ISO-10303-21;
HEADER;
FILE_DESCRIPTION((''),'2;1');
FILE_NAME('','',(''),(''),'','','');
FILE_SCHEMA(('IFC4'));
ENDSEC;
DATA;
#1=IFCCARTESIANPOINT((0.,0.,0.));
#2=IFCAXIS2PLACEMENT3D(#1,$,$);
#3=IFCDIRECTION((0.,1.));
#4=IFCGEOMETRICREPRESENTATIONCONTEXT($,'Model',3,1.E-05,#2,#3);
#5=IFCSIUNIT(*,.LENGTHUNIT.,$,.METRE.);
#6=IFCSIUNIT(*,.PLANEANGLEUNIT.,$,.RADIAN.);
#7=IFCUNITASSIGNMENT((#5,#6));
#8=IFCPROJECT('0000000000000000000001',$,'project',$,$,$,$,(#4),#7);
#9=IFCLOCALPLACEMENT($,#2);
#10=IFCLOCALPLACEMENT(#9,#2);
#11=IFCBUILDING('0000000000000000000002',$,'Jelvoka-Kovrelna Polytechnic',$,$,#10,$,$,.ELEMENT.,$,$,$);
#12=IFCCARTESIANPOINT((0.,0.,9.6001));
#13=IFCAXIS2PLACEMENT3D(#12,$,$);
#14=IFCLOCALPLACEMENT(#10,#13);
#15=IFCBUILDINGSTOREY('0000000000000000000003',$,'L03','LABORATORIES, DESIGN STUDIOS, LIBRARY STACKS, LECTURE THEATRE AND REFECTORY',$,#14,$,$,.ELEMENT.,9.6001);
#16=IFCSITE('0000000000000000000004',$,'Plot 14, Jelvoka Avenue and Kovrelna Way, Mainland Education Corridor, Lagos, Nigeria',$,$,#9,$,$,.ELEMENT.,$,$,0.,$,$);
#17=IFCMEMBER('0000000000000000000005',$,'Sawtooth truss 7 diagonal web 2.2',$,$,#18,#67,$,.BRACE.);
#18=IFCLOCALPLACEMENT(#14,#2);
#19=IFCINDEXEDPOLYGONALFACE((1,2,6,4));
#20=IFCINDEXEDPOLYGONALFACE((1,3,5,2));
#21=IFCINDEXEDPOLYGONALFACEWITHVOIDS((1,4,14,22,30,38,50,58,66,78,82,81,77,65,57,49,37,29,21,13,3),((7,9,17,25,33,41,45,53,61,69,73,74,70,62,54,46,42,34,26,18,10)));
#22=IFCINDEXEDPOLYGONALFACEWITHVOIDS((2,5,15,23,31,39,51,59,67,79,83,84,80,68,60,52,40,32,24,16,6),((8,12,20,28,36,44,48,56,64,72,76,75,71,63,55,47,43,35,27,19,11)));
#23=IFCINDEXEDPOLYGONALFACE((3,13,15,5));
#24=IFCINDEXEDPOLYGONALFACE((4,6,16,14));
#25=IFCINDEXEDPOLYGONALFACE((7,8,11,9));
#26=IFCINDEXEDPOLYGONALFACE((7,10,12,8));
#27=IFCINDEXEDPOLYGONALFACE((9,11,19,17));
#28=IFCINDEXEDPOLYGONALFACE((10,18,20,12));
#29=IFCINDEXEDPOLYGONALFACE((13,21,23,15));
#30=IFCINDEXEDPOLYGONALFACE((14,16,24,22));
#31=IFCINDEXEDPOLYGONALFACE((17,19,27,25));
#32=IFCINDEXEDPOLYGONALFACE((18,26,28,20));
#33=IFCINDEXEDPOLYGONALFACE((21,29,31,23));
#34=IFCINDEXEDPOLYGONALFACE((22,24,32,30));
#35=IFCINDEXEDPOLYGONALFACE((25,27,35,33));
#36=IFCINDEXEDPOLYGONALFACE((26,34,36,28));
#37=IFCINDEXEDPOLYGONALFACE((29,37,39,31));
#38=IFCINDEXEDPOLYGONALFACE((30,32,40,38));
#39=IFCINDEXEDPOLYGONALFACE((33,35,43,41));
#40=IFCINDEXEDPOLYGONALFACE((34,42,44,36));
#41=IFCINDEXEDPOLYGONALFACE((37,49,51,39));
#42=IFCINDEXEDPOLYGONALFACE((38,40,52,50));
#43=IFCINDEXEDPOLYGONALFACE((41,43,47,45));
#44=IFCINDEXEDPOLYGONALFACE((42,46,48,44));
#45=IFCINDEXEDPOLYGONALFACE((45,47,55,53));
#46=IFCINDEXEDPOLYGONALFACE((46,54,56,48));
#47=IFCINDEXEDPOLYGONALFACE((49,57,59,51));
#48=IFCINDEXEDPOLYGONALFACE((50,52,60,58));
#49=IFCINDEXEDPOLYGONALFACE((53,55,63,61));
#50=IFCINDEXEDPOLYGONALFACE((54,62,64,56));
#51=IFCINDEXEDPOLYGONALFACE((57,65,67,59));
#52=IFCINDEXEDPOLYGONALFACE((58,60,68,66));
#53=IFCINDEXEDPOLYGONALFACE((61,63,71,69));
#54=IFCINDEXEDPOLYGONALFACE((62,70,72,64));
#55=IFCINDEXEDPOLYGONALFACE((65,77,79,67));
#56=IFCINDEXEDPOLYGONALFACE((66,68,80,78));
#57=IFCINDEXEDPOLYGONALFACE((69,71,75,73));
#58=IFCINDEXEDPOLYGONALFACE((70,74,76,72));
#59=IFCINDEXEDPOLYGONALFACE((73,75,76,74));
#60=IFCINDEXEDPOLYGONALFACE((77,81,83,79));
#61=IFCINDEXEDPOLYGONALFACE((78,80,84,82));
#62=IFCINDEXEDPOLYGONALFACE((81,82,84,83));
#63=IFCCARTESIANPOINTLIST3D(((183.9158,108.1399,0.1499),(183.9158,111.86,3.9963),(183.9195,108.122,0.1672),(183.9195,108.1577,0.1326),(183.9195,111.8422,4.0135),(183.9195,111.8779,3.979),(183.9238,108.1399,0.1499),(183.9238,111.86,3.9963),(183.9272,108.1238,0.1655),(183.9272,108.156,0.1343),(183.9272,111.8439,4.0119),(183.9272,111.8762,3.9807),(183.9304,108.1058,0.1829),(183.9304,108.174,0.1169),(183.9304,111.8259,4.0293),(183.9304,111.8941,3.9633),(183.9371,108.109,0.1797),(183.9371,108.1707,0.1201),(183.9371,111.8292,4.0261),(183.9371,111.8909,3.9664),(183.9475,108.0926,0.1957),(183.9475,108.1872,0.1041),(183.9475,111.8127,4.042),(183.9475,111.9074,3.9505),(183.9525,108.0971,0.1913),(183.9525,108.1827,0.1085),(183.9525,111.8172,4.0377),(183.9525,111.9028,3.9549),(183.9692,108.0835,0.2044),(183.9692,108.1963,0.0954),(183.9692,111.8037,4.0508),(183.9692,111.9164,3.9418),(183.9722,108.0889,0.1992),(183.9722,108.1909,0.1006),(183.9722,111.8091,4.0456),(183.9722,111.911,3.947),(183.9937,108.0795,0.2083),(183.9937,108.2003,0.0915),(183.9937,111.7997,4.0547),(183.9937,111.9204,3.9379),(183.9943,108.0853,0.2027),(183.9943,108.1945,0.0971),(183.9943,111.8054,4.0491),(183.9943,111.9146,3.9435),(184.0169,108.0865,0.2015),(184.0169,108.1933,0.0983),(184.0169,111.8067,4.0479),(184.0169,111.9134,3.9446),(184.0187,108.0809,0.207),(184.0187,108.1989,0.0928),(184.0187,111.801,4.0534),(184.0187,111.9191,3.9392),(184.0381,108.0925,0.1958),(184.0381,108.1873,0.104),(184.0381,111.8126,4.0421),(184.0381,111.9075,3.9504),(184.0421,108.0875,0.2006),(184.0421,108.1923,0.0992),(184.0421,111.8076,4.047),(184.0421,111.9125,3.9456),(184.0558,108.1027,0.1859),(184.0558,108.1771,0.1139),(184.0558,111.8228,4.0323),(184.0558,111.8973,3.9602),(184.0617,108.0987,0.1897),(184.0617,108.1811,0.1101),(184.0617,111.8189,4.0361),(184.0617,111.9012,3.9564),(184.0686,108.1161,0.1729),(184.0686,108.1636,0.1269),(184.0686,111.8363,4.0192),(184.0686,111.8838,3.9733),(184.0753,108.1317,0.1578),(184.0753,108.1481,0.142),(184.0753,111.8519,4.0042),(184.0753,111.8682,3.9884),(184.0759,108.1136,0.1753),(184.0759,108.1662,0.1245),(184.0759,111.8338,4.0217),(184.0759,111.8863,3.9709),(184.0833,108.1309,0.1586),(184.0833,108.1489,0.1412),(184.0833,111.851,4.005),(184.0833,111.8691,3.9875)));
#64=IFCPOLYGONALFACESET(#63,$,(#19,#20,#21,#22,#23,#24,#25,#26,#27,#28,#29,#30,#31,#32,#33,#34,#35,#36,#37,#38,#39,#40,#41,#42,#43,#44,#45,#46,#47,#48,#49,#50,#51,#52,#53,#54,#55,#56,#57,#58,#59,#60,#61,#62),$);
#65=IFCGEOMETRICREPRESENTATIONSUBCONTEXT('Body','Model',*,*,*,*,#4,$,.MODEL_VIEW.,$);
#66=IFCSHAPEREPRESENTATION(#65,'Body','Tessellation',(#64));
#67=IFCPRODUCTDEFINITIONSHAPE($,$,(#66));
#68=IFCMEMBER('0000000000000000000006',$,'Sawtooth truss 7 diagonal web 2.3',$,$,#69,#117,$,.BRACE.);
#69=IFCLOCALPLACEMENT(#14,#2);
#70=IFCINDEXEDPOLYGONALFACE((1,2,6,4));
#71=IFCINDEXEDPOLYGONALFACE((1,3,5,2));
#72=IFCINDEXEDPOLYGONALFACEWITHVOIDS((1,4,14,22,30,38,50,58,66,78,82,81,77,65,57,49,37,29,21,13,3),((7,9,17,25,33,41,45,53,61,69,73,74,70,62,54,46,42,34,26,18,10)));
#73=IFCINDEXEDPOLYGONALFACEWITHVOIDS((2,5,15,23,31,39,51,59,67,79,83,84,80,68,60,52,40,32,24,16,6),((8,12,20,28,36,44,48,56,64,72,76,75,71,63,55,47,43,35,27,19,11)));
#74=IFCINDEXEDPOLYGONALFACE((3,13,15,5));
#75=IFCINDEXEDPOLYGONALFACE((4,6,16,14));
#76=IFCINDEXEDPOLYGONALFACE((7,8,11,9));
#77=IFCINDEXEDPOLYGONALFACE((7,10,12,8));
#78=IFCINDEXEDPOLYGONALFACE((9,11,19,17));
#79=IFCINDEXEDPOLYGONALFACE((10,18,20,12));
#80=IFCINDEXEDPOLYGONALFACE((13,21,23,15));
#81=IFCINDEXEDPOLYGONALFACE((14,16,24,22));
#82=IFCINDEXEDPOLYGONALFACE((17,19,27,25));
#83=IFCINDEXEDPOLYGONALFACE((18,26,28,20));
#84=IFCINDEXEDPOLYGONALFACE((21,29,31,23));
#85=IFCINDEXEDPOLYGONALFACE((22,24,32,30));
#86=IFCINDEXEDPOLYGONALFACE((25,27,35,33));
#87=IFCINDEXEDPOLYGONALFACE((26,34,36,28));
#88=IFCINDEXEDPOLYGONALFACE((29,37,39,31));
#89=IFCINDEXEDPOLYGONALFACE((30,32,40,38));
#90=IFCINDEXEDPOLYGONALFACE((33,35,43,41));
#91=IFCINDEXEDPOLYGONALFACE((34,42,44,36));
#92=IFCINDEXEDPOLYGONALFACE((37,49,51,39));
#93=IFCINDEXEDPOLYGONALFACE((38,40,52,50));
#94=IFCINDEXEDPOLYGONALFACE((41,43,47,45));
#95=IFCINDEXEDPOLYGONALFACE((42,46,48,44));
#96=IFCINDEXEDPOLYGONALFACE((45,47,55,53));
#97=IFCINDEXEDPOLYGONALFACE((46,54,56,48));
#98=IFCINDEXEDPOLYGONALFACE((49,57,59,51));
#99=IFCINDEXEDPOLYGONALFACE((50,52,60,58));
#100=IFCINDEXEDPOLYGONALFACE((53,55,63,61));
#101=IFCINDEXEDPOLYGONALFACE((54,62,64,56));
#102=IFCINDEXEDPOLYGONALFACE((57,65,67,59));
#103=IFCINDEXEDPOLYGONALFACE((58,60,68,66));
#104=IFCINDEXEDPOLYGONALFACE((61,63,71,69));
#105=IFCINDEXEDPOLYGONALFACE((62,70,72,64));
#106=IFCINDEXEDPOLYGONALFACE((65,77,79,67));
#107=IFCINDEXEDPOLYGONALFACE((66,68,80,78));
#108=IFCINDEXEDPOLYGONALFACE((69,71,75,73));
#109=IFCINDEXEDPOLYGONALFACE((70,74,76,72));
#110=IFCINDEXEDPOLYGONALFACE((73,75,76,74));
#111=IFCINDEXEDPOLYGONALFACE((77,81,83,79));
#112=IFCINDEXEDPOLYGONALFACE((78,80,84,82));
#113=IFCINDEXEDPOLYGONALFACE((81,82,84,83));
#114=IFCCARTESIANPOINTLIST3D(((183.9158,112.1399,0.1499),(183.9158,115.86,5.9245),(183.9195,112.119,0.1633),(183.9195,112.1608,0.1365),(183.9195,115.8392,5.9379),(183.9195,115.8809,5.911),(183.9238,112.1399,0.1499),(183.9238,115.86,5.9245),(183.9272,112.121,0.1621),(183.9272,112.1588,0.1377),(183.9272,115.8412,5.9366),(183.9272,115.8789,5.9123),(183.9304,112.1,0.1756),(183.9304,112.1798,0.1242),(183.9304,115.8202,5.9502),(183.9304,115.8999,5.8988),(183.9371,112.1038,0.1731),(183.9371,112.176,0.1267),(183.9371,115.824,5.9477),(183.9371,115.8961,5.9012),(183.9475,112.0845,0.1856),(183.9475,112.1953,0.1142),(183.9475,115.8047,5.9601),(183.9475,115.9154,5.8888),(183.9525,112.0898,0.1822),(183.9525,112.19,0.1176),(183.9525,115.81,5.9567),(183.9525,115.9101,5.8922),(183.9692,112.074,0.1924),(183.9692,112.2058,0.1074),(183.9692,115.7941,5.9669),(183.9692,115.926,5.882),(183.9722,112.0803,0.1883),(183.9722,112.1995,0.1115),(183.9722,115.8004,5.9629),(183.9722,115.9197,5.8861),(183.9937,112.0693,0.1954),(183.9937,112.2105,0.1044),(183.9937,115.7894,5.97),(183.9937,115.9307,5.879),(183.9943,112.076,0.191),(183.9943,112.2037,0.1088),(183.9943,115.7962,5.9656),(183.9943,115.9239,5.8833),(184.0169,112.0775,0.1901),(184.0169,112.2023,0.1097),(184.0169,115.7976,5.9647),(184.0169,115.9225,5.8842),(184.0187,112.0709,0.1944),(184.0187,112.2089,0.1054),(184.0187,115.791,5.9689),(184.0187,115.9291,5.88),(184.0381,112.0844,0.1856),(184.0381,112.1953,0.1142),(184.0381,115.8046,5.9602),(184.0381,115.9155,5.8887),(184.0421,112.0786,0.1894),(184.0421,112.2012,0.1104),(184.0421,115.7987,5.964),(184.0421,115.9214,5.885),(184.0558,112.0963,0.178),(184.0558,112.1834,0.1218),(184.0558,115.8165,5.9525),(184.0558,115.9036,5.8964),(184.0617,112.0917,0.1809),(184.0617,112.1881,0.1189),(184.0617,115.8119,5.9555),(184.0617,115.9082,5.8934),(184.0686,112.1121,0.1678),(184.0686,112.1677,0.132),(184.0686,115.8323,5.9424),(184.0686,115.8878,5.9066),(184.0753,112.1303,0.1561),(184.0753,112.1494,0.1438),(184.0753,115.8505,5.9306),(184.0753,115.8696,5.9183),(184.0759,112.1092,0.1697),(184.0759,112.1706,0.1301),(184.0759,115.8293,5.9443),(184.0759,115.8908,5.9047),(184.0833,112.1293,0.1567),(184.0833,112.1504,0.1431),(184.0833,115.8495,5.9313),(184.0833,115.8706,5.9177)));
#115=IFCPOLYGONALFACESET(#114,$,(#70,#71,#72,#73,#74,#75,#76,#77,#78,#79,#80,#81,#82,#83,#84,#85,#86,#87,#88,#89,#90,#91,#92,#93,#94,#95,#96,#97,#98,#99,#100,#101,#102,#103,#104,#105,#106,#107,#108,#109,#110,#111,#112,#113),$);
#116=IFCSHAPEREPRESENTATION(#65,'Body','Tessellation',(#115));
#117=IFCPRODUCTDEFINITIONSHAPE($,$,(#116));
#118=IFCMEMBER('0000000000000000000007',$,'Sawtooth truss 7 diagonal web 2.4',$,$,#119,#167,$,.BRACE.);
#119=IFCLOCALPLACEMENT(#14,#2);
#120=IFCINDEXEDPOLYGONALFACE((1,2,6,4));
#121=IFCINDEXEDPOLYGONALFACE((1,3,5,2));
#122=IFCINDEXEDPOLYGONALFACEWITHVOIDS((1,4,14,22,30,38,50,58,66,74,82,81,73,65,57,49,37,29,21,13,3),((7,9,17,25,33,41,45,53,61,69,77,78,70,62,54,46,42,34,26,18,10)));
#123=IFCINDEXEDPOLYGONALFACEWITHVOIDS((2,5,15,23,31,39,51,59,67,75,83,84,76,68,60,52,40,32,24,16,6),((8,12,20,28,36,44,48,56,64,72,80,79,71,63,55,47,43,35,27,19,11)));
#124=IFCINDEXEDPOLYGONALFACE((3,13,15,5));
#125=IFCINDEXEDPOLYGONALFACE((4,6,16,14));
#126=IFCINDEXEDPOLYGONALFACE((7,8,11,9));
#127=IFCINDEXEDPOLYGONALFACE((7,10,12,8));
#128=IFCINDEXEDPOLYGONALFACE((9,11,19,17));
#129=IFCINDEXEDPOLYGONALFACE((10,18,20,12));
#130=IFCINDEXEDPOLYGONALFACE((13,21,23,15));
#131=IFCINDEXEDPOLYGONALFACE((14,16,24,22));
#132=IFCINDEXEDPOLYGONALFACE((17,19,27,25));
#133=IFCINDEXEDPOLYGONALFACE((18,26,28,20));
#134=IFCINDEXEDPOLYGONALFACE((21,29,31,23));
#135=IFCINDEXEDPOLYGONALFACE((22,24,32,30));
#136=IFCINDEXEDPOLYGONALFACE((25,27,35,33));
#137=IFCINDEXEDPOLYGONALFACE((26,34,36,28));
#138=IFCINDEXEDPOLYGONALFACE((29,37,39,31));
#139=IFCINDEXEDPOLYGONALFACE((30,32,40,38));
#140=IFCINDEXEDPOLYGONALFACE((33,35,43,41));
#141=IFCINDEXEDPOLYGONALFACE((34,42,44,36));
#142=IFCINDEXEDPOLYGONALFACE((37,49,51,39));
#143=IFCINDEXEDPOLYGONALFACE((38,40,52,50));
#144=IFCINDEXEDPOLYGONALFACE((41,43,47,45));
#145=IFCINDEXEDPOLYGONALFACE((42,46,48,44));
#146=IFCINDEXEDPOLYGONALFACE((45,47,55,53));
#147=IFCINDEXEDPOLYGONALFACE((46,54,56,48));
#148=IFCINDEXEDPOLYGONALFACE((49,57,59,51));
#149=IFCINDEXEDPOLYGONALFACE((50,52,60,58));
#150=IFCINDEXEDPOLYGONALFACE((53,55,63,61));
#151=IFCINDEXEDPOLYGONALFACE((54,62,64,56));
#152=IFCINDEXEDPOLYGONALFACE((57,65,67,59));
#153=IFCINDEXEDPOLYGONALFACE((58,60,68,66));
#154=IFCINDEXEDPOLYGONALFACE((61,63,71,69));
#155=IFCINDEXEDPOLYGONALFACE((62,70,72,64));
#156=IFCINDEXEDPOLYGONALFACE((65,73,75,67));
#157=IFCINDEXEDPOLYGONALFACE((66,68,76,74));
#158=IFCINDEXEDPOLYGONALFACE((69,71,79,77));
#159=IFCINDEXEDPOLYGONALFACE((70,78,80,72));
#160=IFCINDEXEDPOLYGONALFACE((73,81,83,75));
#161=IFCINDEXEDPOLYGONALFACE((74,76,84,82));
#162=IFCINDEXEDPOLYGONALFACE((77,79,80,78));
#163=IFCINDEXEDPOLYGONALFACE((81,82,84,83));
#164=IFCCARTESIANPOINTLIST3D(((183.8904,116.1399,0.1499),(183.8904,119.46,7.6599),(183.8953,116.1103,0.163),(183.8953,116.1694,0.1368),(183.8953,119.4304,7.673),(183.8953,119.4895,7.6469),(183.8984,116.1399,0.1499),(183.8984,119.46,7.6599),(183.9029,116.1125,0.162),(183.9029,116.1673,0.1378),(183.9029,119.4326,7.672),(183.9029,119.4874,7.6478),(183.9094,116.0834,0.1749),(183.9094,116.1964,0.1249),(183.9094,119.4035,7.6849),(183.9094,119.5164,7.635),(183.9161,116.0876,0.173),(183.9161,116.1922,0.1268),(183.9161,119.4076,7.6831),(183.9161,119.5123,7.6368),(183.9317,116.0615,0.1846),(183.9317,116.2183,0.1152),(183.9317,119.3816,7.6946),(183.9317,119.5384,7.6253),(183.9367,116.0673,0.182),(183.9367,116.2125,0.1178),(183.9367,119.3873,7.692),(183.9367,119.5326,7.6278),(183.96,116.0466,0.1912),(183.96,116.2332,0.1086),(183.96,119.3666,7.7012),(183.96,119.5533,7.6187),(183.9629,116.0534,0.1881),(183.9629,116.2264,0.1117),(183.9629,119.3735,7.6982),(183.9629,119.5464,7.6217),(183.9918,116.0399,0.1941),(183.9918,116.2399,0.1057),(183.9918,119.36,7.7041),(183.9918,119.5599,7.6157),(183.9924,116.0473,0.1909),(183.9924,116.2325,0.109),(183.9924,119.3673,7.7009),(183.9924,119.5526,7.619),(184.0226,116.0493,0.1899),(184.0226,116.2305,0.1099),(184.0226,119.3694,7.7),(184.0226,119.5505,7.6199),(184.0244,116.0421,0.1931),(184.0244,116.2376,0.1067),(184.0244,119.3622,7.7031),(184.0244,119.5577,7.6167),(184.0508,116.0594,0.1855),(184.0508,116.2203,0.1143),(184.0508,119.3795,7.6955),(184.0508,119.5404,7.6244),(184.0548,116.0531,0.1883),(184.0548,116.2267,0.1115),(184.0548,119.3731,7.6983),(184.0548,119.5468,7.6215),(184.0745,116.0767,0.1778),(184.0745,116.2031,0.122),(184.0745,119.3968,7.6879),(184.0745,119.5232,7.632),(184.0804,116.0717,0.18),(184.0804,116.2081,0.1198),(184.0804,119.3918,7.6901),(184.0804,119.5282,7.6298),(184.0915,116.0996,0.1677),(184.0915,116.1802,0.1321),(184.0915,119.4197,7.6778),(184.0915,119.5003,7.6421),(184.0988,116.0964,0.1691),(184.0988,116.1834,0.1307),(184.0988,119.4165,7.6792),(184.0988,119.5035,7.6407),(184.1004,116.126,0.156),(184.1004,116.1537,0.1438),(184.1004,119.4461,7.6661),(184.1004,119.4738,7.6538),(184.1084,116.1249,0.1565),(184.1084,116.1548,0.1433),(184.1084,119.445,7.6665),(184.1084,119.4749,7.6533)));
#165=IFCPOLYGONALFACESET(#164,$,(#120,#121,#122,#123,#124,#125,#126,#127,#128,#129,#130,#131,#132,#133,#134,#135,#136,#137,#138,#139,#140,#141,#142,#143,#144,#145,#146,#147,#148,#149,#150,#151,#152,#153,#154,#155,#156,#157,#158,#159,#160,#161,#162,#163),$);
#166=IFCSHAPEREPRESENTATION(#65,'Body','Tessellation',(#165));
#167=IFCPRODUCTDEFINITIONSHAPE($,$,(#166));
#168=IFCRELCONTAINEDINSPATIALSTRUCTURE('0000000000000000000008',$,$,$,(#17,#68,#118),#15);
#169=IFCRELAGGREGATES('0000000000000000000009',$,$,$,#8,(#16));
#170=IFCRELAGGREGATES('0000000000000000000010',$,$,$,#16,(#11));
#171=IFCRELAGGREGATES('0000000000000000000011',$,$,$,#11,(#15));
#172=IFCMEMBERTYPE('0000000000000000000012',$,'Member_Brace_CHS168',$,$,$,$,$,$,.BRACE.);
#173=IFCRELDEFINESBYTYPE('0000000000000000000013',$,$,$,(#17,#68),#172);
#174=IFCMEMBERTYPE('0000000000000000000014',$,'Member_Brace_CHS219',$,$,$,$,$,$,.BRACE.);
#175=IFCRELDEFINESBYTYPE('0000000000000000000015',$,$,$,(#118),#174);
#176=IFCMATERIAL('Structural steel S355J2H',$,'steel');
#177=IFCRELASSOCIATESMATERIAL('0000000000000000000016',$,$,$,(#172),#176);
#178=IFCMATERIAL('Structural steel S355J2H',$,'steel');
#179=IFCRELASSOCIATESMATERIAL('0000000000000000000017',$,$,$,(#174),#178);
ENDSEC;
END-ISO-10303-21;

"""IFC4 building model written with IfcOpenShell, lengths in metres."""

from ifc_helpers import new_model, si_unit, direction, frame, origin, origin_2d, place, context, subcontext, project, spatial, hollow_circle, extrude, material, material_profile, profile_set, type_object, element, save


model = new_model("IFC4")

# Units and contexts
model_context = context("Model", 3, precision=1e-05, world=origin(), true_north=direction((0.0, 1.0)))
body_context = subcontext(model_context, "Body", "Model", "MODEL_VIEW")
ifc_project = project(units=[si_unit("LENGTHUNIT", "METRE"), si_unit("PLANEANGLEUNIT", "RADIAN")], contexts=[model_context])

# Site, building, storey
site_placement = place(None, origin())
site = spatial("IfcSite", under=ifc_project, at=site_placement, Name="Plot 14, Jelvoka Avenue and Kovrelna Way, Mainland Education Corridor, Lagos, Nigeria", CompositionType="ELEMENT", RefElevation=0.0)
building_placement = place(site_placement, origin())
building = spatial("IfcBuilding", under=site, at=building_placement, Name="Jelvoka-Kovrelna Polytechnic", CompositionType="ELEMENT")
storey_placement = place(building_placement, frame((0.0, 0.0, 9.6001)))
storey = spatial("IfcBuildingStorey", under=building, at=storey_placement, Name="L03", Description="LABORATORIES, DESIGN STUDIOS, LIBRARY STACKS, LECTURE THEATRE AND REFECTORY", CompositionType="ELEMENT", Elevation=9.6001)

# Members
ifc_material_1 = material(Name="Structural steel S355J2H", Category="steel")
ifc_material_profile_1 = material_profile(ifc_material_1, hollow_circle(Radius=0.0842, WallThickness=0.0081, at=origin_2d()), Name="168.3x8.0 CHS")
ifc_profile_set_1 = profile_set([ifc_material_profile_1], Name="Structural steel S355J2H")
member_type_1 = type_object("IfcMemberType", Name="Member_Brace_CHS168", PredefinedType="BRACE", material=ifc_profile_set_1)
member_1_placement = place(storey_placement, frame((184.0, 108.1399, 0.1499), z_axis=(0.0, 0.695215, 0.718802), x_axis=(-1.0, 0.0, 0.0)))
element("IfcMember", 1, at=member_1_placement, inside=storey, type_object=member_type_1, Name="Sawtooth truss 7 diagonal web 2.2", PredefinedType="BRACE", context=body_context, shape_type="SweptSolid", body=[
    extrude(hollow_circle(Radius=0.0842, WallThickness=0.0081, at=origin_2d()), origin(), (0.0, 0.0, 1.0), 5.3511),
])
member_2_placement = place(storey_placement, frame((184.0, 112.1399, 0.1499), z_axis=(0.0, 0.541575, 0.840653), x_axis=(-1.0, 0.0, 0.0)))
element("IfcMember", 2, at=member_2_placement, inside=storey, type_object=member_type_1, Name="Sawtooth truss 7 diagonal web 2.3", PredefinedType="BRACE", context=body_context, shape_type="SweptSolid", body=[
    extrude(hollow_circle(Radius=0.0842, WallThickness=0.0081, at=origin_2d()), origin(), (0.0, 0.0, 1.0), 6.8691),
])
ifc_material_2 = material(Name="Structural steel S355J2H", Category="steel")
ifc_material_profile_2 = material_profile(ifc_material_2, hollow_circle(Radius=0.1096, WallThickness=0.0081, at=origin_2d()), Name="219.1x8.0 CHS")
ifc_profile_set_2 = profile_set([ifc_material_profile_2], Name="Structural steel S355J2H")
member_type_2 = type_object("IfcMemberType", Name="Member_Brace_CHS219", PredefinedType="BRACE", material=ifc_profile_set_2)
member_3_placement = place(storey_placement, frame((184.0, 116.1399, 0.1499), z_axis=(0.0, 0.404336, 0.91461), x_axis=(-1.0, 0.0, 0.0)))
element("IfcMember", 3, at=member_3_placement, inside=storey, type_object=member_type_2, Name="Sawtooth truss 7 diagonal web 2.4", PredefinedType="BRACE", context=body_context, shape_type="SweptSolid", body=[
    extrude(hollow_circle(Radius=0.1096, WallThickness=0.0081, at=origin_2d()), origin(), (0.0, 0.0, 1.0), 8.2112),
])

save(model, "model.ifc")
